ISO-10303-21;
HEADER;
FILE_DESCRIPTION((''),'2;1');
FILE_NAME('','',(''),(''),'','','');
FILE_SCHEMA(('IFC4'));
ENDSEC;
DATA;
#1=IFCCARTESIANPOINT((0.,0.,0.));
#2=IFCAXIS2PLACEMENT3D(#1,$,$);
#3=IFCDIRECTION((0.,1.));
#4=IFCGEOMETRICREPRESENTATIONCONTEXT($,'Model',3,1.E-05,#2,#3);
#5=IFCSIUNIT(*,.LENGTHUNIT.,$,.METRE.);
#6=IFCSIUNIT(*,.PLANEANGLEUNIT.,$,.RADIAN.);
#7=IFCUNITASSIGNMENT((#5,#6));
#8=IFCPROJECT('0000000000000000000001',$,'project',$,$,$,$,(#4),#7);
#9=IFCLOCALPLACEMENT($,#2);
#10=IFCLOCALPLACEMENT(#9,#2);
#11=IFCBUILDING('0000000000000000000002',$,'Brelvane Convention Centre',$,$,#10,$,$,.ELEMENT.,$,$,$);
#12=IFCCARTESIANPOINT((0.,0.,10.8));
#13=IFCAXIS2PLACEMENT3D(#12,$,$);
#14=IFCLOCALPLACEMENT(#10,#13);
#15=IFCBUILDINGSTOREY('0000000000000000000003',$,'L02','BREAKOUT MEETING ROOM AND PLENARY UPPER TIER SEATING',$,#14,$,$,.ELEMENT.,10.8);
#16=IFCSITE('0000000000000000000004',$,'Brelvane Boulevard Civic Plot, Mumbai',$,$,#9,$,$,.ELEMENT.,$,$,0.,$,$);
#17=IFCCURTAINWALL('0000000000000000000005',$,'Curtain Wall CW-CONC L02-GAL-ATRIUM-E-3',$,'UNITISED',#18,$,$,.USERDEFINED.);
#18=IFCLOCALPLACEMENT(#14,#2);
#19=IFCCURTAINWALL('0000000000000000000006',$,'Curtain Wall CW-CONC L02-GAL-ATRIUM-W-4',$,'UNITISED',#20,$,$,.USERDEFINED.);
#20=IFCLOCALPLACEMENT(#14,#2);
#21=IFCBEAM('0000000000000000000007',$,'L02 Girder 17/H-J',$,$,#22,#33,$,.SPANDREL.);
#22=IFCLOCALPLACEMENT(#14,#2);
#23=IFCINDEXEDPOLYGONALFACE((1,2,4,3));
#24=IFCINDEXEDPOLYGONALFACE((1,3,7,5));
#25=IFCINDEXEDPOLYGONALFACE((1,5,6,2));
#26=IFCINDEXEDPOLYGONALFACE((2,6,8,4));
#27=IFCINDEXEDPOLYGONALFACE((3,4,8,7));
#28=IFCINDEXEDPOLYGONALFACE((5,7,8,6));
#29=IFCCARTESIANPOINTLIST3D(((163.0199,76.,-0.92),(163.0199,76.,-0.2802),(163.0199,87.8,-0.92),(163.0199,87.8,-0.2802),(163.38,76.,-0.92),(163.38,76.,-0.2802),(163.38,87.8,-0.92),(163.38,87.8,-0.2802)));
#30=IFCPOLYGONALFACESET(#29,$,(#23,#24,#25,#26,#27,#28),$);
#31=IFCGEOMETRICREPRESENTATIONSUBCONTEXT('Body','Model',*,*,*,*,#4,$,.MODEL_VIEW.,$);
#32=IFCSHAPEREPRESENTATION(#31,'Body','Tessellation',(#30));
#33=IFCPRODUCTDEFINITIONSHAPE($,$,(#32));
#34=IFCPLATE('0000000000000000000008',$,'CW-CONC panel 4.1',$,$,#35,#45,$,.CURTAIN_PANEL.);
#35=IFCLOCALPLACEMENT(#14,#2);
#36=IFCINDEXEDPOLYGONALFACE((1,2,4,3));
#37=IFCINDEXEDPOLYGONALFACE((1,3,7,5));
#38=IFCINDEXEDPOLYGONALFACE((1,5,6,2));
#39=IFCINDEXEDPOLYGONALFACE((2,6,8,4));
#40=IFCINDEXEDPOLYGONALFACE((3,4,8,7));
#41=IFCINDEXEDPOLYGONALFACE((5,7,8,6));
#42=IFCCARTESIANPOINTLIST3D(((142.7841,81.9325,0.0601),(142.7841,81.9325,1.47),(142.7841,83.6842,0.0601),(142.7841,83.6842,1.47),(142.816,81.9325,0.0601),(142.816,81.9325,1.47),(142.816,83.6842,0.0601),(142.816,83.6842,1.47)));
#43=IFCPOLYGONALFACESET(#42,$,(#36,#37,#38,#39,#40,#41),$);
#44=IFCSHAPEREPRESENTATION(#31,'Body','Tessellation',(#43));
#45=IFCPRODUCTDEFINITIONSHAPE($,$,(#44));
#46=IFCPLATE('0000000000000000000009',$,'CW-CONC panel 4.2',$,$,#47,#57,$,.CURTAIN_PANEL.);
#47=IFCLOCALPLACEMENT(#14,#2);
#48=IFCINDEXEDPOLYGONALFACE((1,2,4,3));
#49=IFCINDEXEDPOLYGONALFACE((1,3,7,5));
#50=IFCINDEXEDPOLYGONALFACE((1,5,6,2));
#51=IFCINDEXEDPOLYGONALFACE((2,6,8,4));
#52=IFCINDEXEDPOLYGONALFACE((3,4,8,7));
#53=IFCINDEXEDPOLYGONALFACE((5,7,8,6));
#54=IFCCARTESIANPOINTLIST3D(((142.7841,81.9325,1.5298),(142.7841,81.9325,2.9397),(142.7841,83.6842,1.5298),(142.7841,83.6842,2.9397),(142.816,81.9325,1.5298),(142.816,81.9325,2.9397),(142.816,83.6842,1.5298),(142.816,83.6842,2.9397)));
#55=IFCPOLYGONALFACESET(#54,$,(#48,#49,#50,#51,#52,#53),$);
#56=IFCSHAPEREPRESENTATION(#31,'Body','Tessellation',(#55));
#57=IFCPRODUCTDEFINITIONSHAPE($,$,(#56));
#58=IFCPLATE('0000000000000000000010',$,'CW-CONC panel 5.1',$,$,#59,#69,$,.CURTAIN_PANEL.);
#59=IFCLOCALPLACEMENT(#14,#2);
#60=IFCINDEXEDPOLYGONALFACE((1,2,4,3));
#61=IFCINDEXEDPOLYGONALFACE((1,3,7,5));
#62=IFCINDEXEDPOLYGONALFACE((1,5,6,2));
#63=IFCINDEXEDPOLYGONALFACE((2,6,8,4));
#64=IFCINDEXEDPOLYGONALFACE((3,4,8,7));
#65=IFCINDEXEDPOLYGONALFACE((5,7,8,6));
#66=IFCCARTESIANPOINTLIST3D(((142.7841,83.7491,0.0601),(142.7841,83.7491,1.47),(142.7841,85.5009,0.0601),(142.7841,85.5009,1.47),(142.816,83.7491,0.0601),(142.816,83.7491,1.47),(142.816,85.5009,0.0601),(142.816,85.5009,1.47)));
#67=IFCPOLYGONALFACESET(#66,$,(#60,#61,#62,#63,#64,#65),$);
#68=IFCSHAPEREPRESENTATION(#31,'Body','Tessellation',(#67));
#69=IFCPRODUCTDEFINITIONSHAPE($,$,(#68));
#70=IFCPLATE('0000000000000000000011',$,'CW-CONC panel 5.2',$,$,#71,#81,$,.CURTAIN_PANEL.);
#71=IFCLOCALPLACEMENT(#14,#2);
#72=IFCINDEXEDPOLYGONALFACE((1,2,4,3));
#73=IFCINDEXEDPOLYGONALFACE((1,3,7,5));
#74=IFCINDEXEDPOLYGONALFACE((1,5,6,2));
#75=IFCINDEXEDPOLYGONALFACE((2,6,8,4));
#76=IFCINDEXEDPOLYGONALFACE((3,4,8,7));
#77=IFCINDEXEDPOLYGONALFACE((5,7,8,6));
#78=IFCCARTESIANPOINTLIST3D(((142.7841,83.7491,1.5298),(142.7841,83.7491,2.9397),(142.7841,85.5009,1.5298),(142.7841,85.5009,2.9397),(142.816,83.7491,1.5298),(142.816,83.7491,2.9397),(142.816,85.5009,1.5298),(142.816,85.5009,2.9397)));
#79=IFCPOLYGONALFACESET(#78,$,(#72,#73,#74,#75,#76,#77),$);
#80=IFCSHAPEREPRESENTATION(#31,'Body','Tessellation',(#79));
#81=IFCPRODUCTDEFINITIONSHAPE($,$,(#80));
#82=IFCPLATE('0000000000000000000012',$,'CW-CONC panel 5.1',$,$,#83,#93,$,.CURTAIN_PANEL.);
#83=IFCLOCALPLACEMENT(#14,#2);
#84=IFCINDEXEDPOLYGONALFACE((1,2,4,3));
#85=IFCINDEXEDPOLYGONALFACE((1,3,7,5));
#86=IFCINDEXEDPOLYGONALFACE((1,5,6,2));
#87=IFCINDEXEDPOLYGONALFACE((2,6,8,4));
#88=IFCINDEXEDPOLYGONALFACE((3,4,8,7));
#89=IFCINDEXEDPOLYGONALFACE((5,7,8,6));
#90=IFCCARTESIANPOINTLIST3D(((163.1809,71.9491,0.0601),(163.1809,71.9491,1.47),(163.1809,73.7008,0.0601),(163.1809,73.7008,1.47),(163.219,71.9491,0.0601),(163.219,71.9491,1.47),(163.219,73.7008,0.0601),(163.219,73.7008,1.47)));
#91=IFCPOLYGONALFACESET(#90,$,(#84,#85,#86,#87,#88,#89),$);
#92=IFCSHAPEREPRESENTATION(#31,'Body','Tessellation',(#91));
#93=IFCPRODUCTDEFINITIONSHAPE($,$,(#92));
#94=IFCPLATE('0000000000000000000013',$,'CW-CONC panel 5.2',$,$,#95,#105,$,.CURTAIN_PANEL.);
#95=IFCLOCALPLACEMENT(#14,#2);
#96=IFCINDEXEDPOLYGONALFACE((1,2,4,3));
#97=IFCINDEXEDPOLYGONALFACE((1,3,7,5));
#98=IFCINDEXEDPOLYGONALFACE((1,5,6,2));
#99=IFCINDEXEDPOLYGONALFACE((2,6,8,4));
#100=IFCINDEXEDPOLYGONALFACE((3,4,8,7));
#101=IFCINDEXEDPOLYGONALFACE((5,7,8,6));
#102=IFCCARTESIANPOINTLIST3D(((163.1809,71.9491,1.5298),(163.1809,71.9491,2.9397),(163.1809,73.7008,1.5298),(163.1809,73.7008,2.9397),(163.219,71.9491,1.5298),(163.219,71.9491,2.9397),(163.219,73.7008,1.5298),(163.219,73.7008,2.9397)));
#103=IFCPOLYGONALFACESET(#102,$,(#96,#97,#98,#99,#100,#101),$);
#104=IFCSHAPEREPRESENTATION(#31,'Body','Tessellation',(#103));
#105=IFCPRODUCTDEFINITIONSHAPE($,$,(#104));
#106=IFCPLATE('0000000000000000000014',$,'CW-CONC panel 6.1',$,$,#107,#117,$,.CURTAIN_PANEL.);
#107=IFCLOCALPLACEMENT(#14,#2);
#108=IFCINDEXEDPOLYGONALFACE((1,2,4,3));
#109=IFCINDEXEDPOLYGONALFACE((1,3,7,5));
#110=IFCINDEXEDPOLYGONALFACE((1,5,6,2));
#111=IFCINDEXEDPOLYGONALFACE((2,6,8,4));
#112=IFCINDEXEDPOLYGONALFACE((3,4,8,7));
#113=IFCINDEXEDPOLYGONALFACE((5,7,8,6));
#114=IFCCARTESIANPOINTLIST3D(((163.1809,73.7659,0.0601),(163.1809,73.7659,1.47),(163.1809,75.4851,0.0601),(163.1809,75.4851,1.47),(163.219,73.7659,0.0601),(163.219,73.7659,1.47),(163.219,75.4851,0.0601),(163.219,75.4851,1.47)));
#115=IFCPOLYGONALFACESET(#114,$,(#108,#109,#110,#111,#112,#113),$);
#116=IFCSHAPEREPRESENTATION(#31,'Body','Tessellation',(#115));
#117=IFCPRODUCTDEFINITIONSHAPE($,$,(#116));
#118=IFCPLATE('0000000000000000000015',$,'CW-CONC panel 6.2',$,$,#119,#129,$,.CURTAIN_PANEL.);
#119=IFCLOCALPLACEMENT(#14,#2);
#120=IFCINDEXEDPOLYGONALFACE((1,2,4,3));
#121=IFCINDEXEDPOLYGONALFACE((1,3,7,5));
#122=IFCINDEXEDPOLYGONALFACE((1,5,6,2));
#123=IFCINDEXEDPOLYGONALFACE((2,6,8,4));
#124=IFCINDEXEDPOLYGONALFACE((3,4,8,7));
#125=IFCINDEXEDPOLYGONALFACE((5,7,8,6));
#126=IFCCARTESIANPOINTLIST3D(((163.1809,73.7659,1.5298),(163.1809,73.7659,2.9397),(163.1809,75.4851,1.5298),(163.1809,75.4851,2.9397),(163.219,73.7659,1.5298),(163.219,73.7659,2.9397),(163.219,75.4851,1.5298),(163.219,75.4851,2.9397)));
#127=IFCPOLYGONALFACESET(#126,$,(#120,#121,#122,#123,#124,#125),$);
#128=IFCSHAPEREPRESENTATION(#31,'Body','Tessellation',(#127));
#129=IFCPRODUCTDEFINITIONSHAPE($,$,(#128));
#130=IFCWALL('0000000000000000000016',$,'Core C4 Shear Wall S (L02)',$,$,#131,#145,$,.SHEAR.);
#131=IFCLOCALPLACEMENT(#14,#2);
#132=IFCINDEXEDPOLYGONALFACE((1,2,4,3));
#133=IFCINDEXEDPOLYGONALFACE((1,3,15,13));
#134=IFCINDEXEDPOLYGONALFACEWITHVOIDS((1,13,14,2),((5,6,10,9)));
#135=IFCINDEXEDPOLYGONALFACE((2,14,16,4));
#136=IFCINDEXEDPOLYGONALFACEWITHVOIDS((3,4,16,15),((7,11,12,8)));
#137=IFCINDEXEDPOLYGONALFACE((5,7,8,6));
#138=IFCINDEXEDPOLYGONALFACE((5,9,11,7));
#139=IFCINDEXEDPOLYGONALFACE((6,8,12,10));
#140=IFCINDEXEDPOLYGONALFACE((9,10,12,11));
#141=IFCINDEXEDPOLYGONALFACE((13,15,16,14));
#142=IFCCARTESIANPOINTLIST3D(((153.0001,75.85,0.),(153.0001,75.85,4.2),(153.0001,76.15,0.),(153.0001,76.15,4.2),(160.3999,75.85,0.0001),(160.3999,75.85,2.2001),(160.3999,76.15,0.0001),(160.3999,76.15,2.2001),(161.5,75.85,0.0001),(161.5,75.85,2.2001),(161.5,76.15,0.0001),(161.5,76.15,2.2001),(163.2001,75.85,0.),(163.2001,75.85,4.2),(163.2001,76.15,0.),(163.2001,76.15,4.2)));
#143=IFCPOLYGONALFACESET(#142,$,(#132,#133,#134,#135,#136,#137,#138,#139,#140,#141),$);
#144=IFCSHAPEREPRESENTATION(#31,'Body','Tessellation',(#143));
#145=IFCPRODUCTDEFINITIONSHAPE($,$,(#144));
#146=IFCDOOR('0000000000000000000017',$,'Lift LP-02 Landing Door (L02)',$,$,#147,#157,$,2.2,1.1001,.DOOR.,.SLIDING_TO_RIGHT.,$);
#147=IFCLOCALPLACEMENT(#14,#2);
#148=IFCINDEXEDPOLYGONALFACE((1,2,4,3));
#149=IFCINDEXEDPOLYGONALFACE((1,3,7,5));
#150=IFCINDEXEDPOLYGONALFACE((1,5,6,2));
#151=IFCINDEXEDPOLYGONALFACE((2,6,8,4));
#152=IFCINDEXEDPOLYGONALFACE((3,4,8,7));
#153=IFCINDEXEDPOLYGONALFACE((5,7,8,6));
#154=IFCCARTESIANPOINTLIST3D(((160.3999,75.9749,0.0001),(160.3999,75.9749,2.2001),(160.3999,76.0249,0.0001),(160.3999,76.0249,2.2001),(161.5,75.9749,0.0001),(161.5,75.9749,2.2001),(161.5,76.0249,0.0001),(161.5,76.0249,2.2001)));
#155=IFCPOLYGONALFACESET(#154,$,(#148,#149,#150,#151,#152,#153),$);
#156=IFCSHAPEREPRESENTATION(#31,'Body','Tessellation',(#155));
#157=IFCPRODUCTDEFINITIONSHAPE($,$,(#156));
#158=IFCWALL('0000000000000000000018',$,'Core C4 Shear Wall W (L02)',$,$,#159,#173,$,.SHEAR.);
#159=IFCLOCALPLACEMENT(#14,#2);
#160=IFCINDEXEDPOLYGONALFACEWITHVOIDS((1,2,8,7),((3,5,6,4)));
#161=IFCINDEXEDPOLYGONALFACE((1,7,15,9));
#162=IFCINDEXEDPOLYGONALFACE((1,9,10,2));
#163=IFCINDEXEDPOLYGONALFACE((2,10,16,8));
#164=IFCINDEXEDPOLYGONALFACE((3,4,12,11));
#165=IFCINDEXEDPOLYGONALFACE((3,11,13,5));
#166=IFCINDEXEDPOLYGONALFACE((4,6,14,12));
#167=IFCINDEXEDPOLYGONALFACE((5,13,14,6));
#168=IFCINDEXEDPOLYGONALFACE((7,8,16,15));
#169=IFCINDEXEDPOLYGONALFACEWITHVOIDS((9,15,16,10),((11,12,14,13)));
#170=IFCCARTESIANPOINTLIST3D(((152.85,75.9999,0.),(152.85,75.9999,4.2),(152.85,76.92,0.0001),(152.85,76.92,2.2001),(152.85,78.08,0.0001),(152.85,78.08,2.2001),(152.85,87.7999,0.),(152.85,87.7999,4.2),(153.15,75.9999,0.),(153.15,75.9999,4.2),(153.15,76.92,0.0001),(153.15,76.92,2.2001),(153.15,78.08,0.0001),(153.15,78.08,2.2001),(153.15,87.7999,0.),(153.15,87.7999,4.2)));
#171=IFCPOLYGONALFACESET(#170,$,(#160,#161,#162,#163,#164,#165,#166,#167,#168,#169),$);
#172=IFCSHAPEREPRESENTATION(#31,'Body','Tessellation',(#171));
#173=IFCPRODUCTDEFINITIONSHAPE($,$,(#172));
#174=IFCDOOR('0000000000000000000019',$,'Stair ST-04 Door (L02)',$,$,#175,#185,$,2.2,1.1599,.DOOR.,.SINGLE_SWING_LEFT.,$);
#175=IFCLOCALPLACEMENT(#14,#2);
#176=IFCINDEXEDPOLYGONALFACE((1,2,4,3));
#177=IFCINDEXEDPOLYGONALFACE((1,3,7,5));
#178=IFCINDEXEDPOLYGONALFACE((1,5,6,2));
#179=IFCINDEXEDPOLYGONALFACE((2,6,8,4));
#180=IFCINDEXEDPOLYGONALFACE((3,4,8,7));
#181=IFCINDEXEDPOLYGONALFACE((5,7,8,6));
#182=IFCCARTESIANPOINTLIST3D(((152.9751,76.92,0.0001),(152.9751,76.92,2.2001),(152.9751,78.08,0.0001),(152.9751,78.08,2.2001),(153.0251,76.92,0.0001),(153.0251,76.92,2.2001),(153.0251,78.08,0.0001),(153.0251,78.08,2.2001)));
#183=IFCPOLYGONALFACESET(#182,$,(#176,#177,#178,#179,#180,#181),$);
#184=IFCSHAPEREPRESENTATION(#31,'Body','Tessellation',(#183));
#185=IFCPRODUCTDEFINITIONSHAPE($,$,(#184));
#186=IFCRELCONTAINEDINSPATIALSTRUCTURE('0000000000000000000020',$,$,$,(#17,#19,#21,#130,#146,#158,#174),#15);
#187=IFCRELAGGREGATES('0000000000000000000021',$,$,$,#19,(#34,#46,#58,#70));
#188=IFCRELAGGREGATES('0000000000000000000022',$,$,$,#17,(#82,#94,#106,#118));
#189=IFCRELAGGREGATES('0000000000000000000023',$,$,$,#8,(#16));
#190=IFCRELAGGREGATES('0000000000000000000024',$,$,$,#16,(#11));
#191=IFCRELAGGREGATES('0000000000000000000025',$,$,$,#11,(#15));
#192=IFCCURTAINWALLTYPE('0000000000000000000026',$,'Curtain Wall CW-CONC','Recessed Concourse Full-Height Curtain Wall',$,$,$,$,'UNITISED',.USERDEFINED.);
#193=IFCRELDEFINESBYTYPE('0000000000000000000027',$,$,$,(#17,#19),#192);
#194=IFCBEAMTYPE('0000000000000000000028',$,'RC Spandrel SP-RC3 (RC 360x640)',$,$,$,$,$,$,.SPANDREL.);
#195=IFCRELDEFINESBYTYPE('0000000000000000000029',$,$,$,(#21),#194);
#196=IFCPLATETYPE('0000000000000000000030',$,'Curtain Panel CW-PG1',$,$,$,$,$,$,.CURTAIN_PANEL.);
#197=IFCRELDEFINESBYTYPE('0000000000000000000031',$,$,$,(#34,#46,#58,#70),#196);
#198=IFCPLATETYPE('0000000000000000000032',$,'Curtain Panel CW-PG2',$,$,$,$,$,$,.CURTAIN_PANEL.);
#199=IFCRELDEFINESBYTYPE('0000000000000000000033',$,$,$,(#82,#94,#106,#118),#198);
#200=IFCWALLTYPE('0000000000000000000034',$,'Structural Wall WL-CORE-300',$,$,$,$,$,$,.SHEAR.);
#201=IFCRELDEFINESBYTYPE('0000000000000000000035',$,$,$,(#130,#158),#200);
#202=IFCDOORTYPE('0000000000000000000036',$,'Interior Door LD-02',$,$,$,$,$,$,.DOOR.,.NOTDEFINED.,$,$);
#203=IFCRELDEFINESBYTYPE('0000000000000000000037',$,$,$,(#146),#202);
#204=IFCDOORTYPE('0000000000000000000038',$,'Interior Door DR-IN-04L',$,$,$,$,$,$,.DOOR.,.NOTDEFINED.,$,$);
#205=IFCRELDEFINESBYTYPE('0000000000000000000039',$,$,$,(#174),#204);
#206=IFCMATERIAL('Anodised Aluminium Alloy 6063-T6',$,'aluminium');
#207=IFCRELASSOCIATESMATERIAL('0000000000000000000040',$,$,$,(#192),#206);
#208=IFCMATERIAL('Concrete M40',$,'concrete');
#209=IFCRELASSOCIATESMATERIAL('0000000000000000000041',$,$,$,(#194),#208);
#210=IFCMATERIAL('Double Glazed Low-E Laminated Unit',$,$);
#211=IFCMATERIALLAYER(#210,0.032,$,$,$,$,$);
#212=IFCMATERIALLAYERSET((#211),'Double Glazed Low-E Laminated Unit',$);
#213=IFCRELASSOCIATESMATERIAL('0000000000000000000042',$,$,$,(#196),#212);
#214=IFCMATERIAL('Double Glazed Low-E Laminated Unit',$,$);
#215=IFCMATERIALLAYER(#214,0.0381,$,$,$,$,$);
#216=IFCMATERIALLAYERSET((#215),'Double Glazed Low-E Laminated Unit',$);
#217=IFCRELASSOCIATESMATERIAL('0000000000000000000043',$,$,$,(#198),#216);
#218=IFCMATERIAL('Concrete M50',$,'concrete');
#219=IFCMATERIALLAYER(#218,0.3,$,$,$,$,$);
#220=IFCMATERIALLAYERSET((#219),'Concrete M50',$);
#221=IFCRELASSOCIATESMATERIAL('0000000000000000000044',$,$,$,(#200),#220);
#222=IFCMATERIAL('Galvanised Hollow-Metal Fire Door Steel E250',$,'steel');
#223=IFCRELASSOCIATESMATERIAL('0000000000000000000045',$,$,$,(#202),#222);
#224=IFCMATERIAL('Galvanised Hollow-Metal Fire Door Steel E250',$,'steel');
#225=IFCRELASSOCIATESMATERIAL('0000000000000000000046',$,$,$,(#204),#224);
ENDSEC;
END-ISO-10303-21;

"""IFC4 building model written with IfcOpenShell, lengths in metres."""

from ifc_helpers import new_model, si_unit, direction, frame, frame_2d, origin, origin_2d, place, context, subcontext, project, spatial, rectangle, extrude, material, layer, layer_set, material_profile, profile_set, type_object, element, fill, aggregate, save


model = new_model("IFC4")

# Units and contexts
model_context = context("Model", 3, precision=1e-05, world=origin(), true_north=direction((0.0, 1.0)))
body_context = subcontext(model_context, "Body", "Model", "MODEL_VIEW")
ifc_project = project(units=[si_unit("LENGTHUNIT", "METRE"), si_unit("PLANEANGLEUNIT", "RADIAN")], contexts=[model_context])

# Site, building, storey
site_placement = place(None, origin())
site = spatial("IfcSite", under=ifc_project, at=site_placement, Name="Brelvane Boulevard Civic Plot, Mumbai", CompositionType="ELEMENT", RefElevation=0.0)
building_placement = place(site_placement, origin())
building = spatial("IfcBuilding", under=site, at=building_placement, Name="Brelvane Convention Centre", CompositionType="ELEMENT")
storey_placement = place(building_placement, frame((0.0, 0.0, 10.8)))
storey = spatial("IfcBuildingStorey", under=building, at=storey_placement, Name="L02", Description="BREAKOUT MEETING ROOM AND PLENARY UPPER TIER SEATING", CompositionType="ELEMENT", Elevation=10.8)

# Curtain walls
ifc_material_1 = material(Name="Anodised Aluminium Alloy 6063-T6", Category="aluminium")
curtain_wall_type = type_object("IfcCurtainWallType", Name="Curtain Wall CW-CONC", Description="Recessed Concourse Full-Height Curtain Wall", ElementType="UNITISED", PredefinedType="USERDEFINED", material=ifc_material_1)
curtain_wall_1_placement = place(storey_placement, origin())
curtain_wall_1 = element("IfcCurtainWall", 1, at=curtain_wall_1_placement, inside=storey, type_object=curtain_wall_type, Name="Curtain Wall CW-CONC L02-GAL-ATRIUM-E-3", ObjectType="UNITISED", PredefinedType="USERDEFINED")
curtain_wall_2_placement = place(storey_placement, origin())
curtain_wall_2 = element("IfcCurtainWall", 2, at=curtain_wall_2_placement, inside=storey, type_object=curtain_wall_type, Name="Curtain Wall CW-CONC L02-GAL-ATRIUM-W-4", ObjectType="UNITISED", PredefinedType="USERDEFINED")

# Beam
ifc_material_2 = material(Name="Concrete M40", Category="concrete")
ifc_material_profile_1 = material_profile(ifc_material_2, rectangle(XDim=0.3601, YDim=0.6399, at=origin_2d()), Name="RC 360x640")
ifc_profile_set_1 = profile_set([ifc_material_profile_1], Name="Concrete M40")
beam_type_1 = type_object("IfcBeamType", Name="RC Spandrel SP-RC3 (RC 360x640)", PredefinedType="SPANDREL", material=ifc_profile_set_1)
beam_1_placement = place(storey_placement, frame((163.2, 76.0, -0.6001), z_axis=(0.0, 1.0, 0.0), x_axis=(-1.0, 0.0, 0.0)))
element("IfcBeam", 3, at=beam_1_placement, inside=storey, type_object=beam_type_1, Name="L02 Girder 17/H-J", PredefinedType="SPANDREL", context=body_context, shape_type="SweptSolid", body=[
    extrude(rectangle(XDim=0.3601, YDim=0.6399, at=origin_2d()), origin(), (0.0, 0.0, 1.0), 11.8),
])

# Plates
ifc_material_3 = material(Name="Double Glazed Low-E Laminated Unit")
ifc_layer_1 = layer(ifc_material_3, 0.032)
ifc_layer_set_1 = layer_set([ifc_layer_1], Name="Double Glazed Low-E Laminated Unit")
plate_type_1 = type_object("IfcPlateType", Name="Curtain Panel CW-PG1", PredefinedType="CURTAIN_PANEL", material=ifc_layer_set_1)
plate_1_placement = place(storey_placement, frame((142.8, 82.8083, 0.0601), z_axis=(0.0, 0.0, 1.0), x_axis=(0.0, 1.0, 0.0)))
plate_1 = element("IfcPlate", 4, at=plate_1_placement, type_object=plate_type_1, Name="CW-CONC panel 4.1", PredefinedType="CURTAIN_PANEL", context=body_context, shape_type="SweptSolid", body=[
    extrude(rectangle(XDim=1.7517, YDim=0.032, at=origin_2d()), origin(), (0.0, 0.0, 1.0), 1.4099),
])
plate_2_placement = place(storey_placement, frame((142.8, 82.8083, 1.5298), z_axis=(0.0, 0.0, 1.0), x_axis=(0.0, 1.0, 0.0)))
plate_2 = element("IfcPlate", 5, at=plate_2_placement, type_object=plate_type_1, Name="CW-CONC panel 4.2", PredefinedType="CURTAIN_PANEL", context=body_context, shape_type="SweptSolid", body=[
    extrude(rectangle(XDim=1.7517, YDim=0.032, at=origin_2d()), origin(), (0.0, 0.0, 1.0), 1.4099),
])
plate_3_placement = place(storey_placement, frame((142.8, 84.625, 0.0601), z_axis=(0.0, 0.0, 1.0), x_axis=(0.0, 1.0, 0.0)))
plate_3 = element("IfcPlate", 6, at=plate_3_placement, type_object=plate_type_1, Name="CW-CONC panel 5.1", PredefinedType="CURTAIN_PANEL", context=body_context, shape_type="SweptSolid", body=[
    extrude(rectangle(XDim=1.7517, YDim=0.032, at=origin_2d()), origin(), (0.0, 0.0, 1.0), 1.4099),
])
plate_4_placement = place(storey_placement, frame((142.8, 84.625, 1.5298), z_axis=(0.0, 0.0, 1.0), x_axis=(0.0, 1.0, 0.0)))
plate_4 = element("IfcPlate", 7, at=plate_4_placement, type_object=plate_type_1, Name="CW-CONC panel 5.2", PredefinedType="CURTAIN_PANEL", context=body_context, shape_type="SweptSolid", body=[
    extrude(rectangle(XDim=1.7517, YDim=0.032, at=origin_2d()), origin(), (0.0, 0.0, 1.0), 1.4099),
])
aggregate(curtain_wall_2, [plate_1, plate_2, plate_3, plate_4])
ifc_material_4 = material(Name="Double Glazed Low-E Laminated Unit")
ifc_layer_2 = layer(ifc_material_4, 0.0381)
ifc_layer_set_2 = layer_set([ifc_layer_2], Name="Double Glazed Low-E Laminated Unit")
plate_type_2 = type_object("IfcPlateType", Name="Curtain Panel CW-PG2", PredefinedType="CURTAIN_PANEL", material=ifc_layer_set_2)
plate_5_placement = place(storey_placement, frame((163.2, 72.825, 0.0601), z_axis=(0.0, 0.0, 1.0), x_axis=(0.0, 1.0, 0.0)))
plate_5 = element("IfcPlate", 8, at=plate_5_placement, type_object=plate_type_2, Name="CW-CONC panel 5.1", PredefinedType="CURTAIN_PANEL", context=body_context, shape_type="SweptSolid", body=[
    extrude(rectangle(XDim=1.7517, YDim=0.0381, at=origin_2d()), origin(), (0.0, 0.0, 1.0), 1.4099),
])
plate_6_placement = place(storey_placement, frame((163.2, 72.825, 1.5298), z_axis=(0.0, 0.0, 1.0), x_axis=(0.0, 1.0, 0.0)))
plate_6 = element("IfcPlate", 9, at=plate_6_placement, type_object=plate_type_2, Name="CW-CONC panel 5.2", PredefinedType="CURTAIN_PANEL", context=body_context, shape_type="SweptSolid", body=[
    extrude(rectangle(XDim=1.7517, YDim=0.0381, at=origin_2d()), origin(), (0.0, 0.0, 1.0), 1.4099),
])
plate_7_placement = place(storey_placement, frame((163.2, 74.6255, 0.0601), z_axis=(0.0, 0.0, 1.0), x_axis=(0.0, 1.0, 0.0)))
plate_7 = element("IfcPlate", 10, at=plate_7_placement, type_object=plate_type_2, Name="CW-CONC panel 6.1", PredefinedType="CURTAIN_PANEL", context=body_context, shape_type="SweptSolid", body=[
    extrude(rectangle(XDim=1.7192, YDim=0.0381, at=origin_2d()), origin(), (0.0, 0.0, 1.0), 1.4099),
])
plate_8_placement = place(storey_placement, frame((163.2, 74.6255, 1.5298), z_axis=(0.0, 0.0, 1.0), x_axis=(0.0, 1.0, 0.0)))
plate_8 = element("IfcPlate", 11, at=plate_8_placement, type_object=plate_type_2, Name="CW-CONC panel 6.2", PredefinedType="CURTAIN_PANEL", context=body_context, shape_type="SweptSolid", body=[
    extrude(rectangle(XDim=1.7192, YDim=0.0381, at=origin_2d()), origin(), (0.0, 0.0, 1.0), 1.4099),
])
aggregate(curtain_wall_1, [plate_5, plate_6, plate_7, plate_8])

# Walls, openings, doors
ifc_material_5 = material(Name="Concrete M50", Category="concrete")
ifc_layer_3 = layer(ifc_material_5, 0.3)
ifc_layer_set_3 = layer_set([ifc_layer_3], Name="Concrete M50")
wall_type = type_object("IfcWallType", Name="Structural Wall WL-CORE-300", PredefinedType="SHEAR", material=ifc_layer_set_3)
wall_1_placement = place(storey_placement, frame((153.0, 76.0, 0.0), z_axis=(0.0, 0.0, 1.0), x_axis=(1.0, 0.0, 0.0)))
wall_1 = element("IfcWall", 12, at=wall_1_placement, inside=storey, type_object=wall_type, Name="Core C4 Shear Wall S (L02)", PredefinedType="SHEAR", context=body_context, shape_type="SweptSolid", body=[
    extrude(rectangle(XDim=10.2, YDim=0.3, at=frame_2d((5.1001, 0.0))), origin(), (0.0, 0.0, 1.0), 4.2),
])
opening_1_placement = place(wall_1_placement, frame((7.3999, 0.0, 0.0)))
opening_1 = element("IfcOpeningElement", 13, at=opening_1_placement, cuts=wall_1, PredefinedType="OPENING", context=body_context, shape_type="SweptSolid", body=[
    extrude(rectangle(XDim=1.1001, YDim=2.2, at=frame_2d((0.55, 1.1001))), frame((0.0, 0.1599, 0.0), z_axis=(0.0, -1.0, 0.0), x_axis=(1.0, 0.0, 0.0)), (0.0, 0.0, 1.0), 0.3201),
])
ifc_material_6 = material(Name="Galvanised Hollow-Metal Fire Door Steel E250", Category="steel")
door_type_1 = type_object("IfcDoorType", Name="Interior Door LD-02", OperationType="NOTDEFINED", PredefinedType="DOOR", material=ifc_material_6)
door_1_placement = place(opening_1_placement, origin())
door_1 = element("IfcDoor", 14, at=door_1_placement, inside=storey, type_object=door_type_1, Name="Lift LP-02 Landing Door (L02)", OperationType="SLIDING_TO_RIGHT", OverallHeight=2.2, OverallWidth=1.1001, PredefinedType="DOOR", context=body_context, shape_type="SweptSolid", body=[
    extrude(rectangle(XDim=1.1001, YDim=2.2, at=frame_2d((0.55, 1.1001))), frame((0.0, 0.0249, 0.0), z_axis=(0.0, -1.0, 0.0), x_axis=(1.0, 0.0, 0.0)), (0.0, 0.0, 1.0), 0.05),
])
fill(opening_1, door_1)
wall_2_placement = place(storey_placement, frame((153.0, 76.0, 0.0), z_axis=(0.0, 0.0, 1.0), x_axis=(0.0, 1.0, 0.0)))
wall_2 = element("IfcWall", 15, at=wall_2_placement, inside=storey, type_object=wall_type, Name="Core C4 Shear Wall W (L02)", PredefinedType="SHEAR", context=body_context, shape_type="SweptSolid", body=[
    extrude(rectangle(XDim=11.8, YDim=0.3, at=frame_2d((5.8999, 0.0))), origin(), (0.0, 0.0, 1.0), 4.2),
])
opening_2_placement = place(wall_2_placement, frame((0.9199, 0.0, 0.0)))
opening_2 = element("IfcOpeningElement", 16, at=opening_2_placement, cuts=wall_2, PredefinedType="OPENING", context=body_context, shape_type="SweptSolid", body=[
    extrude(rectangle(XDim=1.1599, YDim=2.2, at=frame_2d((0.5801, 1.1001))), frame((0.0, 0.1599, 0.0), z_axis=(0.0, -1.0, 0.0), x_axis=(1.0, 0.0, 0.0)), (0.0, 0.0, 1.0), 0.3201),
])
ifc_material_7 = material(Name="Galvanised Hollow-Metal Fire Door Steel E250", Category="steel")
door_type_2 = type_object("IfcDoorType", Name="Interior Door DR-IN-04L", OperationType="NOTDEFINED", PredefinedType="DOOR", material=ifc_material_7)
door_2_placement = place(opening_2_placement, origin())
door_2 = element("IfcDoor", 17, at=door_2_placement, inside=storey, type_object=door_type_2, Name="Stair ST-04 Door (L02)", OperationType="SINGLE_SWING_LEFT", OverallHeight=2.2, OverallWidth=1.1599, PredefinedType="DOOR", context=body_context, shape_type="SweptSolid", body=[
    extrude(rectangle(XDim=1.1599, YDim=2.2, at=frame_2d((0.5801, 1.1001))), frame((0.0, 0.0249, 0.0), z_axis=(0.0, -1.0, 0.0), x_axis=(1.0, 0.0, 0.0)), (0.0, 0.0, 1.0), 0.05),
])
fill(opening_2, door_2)

save(model, "model.ifc")
